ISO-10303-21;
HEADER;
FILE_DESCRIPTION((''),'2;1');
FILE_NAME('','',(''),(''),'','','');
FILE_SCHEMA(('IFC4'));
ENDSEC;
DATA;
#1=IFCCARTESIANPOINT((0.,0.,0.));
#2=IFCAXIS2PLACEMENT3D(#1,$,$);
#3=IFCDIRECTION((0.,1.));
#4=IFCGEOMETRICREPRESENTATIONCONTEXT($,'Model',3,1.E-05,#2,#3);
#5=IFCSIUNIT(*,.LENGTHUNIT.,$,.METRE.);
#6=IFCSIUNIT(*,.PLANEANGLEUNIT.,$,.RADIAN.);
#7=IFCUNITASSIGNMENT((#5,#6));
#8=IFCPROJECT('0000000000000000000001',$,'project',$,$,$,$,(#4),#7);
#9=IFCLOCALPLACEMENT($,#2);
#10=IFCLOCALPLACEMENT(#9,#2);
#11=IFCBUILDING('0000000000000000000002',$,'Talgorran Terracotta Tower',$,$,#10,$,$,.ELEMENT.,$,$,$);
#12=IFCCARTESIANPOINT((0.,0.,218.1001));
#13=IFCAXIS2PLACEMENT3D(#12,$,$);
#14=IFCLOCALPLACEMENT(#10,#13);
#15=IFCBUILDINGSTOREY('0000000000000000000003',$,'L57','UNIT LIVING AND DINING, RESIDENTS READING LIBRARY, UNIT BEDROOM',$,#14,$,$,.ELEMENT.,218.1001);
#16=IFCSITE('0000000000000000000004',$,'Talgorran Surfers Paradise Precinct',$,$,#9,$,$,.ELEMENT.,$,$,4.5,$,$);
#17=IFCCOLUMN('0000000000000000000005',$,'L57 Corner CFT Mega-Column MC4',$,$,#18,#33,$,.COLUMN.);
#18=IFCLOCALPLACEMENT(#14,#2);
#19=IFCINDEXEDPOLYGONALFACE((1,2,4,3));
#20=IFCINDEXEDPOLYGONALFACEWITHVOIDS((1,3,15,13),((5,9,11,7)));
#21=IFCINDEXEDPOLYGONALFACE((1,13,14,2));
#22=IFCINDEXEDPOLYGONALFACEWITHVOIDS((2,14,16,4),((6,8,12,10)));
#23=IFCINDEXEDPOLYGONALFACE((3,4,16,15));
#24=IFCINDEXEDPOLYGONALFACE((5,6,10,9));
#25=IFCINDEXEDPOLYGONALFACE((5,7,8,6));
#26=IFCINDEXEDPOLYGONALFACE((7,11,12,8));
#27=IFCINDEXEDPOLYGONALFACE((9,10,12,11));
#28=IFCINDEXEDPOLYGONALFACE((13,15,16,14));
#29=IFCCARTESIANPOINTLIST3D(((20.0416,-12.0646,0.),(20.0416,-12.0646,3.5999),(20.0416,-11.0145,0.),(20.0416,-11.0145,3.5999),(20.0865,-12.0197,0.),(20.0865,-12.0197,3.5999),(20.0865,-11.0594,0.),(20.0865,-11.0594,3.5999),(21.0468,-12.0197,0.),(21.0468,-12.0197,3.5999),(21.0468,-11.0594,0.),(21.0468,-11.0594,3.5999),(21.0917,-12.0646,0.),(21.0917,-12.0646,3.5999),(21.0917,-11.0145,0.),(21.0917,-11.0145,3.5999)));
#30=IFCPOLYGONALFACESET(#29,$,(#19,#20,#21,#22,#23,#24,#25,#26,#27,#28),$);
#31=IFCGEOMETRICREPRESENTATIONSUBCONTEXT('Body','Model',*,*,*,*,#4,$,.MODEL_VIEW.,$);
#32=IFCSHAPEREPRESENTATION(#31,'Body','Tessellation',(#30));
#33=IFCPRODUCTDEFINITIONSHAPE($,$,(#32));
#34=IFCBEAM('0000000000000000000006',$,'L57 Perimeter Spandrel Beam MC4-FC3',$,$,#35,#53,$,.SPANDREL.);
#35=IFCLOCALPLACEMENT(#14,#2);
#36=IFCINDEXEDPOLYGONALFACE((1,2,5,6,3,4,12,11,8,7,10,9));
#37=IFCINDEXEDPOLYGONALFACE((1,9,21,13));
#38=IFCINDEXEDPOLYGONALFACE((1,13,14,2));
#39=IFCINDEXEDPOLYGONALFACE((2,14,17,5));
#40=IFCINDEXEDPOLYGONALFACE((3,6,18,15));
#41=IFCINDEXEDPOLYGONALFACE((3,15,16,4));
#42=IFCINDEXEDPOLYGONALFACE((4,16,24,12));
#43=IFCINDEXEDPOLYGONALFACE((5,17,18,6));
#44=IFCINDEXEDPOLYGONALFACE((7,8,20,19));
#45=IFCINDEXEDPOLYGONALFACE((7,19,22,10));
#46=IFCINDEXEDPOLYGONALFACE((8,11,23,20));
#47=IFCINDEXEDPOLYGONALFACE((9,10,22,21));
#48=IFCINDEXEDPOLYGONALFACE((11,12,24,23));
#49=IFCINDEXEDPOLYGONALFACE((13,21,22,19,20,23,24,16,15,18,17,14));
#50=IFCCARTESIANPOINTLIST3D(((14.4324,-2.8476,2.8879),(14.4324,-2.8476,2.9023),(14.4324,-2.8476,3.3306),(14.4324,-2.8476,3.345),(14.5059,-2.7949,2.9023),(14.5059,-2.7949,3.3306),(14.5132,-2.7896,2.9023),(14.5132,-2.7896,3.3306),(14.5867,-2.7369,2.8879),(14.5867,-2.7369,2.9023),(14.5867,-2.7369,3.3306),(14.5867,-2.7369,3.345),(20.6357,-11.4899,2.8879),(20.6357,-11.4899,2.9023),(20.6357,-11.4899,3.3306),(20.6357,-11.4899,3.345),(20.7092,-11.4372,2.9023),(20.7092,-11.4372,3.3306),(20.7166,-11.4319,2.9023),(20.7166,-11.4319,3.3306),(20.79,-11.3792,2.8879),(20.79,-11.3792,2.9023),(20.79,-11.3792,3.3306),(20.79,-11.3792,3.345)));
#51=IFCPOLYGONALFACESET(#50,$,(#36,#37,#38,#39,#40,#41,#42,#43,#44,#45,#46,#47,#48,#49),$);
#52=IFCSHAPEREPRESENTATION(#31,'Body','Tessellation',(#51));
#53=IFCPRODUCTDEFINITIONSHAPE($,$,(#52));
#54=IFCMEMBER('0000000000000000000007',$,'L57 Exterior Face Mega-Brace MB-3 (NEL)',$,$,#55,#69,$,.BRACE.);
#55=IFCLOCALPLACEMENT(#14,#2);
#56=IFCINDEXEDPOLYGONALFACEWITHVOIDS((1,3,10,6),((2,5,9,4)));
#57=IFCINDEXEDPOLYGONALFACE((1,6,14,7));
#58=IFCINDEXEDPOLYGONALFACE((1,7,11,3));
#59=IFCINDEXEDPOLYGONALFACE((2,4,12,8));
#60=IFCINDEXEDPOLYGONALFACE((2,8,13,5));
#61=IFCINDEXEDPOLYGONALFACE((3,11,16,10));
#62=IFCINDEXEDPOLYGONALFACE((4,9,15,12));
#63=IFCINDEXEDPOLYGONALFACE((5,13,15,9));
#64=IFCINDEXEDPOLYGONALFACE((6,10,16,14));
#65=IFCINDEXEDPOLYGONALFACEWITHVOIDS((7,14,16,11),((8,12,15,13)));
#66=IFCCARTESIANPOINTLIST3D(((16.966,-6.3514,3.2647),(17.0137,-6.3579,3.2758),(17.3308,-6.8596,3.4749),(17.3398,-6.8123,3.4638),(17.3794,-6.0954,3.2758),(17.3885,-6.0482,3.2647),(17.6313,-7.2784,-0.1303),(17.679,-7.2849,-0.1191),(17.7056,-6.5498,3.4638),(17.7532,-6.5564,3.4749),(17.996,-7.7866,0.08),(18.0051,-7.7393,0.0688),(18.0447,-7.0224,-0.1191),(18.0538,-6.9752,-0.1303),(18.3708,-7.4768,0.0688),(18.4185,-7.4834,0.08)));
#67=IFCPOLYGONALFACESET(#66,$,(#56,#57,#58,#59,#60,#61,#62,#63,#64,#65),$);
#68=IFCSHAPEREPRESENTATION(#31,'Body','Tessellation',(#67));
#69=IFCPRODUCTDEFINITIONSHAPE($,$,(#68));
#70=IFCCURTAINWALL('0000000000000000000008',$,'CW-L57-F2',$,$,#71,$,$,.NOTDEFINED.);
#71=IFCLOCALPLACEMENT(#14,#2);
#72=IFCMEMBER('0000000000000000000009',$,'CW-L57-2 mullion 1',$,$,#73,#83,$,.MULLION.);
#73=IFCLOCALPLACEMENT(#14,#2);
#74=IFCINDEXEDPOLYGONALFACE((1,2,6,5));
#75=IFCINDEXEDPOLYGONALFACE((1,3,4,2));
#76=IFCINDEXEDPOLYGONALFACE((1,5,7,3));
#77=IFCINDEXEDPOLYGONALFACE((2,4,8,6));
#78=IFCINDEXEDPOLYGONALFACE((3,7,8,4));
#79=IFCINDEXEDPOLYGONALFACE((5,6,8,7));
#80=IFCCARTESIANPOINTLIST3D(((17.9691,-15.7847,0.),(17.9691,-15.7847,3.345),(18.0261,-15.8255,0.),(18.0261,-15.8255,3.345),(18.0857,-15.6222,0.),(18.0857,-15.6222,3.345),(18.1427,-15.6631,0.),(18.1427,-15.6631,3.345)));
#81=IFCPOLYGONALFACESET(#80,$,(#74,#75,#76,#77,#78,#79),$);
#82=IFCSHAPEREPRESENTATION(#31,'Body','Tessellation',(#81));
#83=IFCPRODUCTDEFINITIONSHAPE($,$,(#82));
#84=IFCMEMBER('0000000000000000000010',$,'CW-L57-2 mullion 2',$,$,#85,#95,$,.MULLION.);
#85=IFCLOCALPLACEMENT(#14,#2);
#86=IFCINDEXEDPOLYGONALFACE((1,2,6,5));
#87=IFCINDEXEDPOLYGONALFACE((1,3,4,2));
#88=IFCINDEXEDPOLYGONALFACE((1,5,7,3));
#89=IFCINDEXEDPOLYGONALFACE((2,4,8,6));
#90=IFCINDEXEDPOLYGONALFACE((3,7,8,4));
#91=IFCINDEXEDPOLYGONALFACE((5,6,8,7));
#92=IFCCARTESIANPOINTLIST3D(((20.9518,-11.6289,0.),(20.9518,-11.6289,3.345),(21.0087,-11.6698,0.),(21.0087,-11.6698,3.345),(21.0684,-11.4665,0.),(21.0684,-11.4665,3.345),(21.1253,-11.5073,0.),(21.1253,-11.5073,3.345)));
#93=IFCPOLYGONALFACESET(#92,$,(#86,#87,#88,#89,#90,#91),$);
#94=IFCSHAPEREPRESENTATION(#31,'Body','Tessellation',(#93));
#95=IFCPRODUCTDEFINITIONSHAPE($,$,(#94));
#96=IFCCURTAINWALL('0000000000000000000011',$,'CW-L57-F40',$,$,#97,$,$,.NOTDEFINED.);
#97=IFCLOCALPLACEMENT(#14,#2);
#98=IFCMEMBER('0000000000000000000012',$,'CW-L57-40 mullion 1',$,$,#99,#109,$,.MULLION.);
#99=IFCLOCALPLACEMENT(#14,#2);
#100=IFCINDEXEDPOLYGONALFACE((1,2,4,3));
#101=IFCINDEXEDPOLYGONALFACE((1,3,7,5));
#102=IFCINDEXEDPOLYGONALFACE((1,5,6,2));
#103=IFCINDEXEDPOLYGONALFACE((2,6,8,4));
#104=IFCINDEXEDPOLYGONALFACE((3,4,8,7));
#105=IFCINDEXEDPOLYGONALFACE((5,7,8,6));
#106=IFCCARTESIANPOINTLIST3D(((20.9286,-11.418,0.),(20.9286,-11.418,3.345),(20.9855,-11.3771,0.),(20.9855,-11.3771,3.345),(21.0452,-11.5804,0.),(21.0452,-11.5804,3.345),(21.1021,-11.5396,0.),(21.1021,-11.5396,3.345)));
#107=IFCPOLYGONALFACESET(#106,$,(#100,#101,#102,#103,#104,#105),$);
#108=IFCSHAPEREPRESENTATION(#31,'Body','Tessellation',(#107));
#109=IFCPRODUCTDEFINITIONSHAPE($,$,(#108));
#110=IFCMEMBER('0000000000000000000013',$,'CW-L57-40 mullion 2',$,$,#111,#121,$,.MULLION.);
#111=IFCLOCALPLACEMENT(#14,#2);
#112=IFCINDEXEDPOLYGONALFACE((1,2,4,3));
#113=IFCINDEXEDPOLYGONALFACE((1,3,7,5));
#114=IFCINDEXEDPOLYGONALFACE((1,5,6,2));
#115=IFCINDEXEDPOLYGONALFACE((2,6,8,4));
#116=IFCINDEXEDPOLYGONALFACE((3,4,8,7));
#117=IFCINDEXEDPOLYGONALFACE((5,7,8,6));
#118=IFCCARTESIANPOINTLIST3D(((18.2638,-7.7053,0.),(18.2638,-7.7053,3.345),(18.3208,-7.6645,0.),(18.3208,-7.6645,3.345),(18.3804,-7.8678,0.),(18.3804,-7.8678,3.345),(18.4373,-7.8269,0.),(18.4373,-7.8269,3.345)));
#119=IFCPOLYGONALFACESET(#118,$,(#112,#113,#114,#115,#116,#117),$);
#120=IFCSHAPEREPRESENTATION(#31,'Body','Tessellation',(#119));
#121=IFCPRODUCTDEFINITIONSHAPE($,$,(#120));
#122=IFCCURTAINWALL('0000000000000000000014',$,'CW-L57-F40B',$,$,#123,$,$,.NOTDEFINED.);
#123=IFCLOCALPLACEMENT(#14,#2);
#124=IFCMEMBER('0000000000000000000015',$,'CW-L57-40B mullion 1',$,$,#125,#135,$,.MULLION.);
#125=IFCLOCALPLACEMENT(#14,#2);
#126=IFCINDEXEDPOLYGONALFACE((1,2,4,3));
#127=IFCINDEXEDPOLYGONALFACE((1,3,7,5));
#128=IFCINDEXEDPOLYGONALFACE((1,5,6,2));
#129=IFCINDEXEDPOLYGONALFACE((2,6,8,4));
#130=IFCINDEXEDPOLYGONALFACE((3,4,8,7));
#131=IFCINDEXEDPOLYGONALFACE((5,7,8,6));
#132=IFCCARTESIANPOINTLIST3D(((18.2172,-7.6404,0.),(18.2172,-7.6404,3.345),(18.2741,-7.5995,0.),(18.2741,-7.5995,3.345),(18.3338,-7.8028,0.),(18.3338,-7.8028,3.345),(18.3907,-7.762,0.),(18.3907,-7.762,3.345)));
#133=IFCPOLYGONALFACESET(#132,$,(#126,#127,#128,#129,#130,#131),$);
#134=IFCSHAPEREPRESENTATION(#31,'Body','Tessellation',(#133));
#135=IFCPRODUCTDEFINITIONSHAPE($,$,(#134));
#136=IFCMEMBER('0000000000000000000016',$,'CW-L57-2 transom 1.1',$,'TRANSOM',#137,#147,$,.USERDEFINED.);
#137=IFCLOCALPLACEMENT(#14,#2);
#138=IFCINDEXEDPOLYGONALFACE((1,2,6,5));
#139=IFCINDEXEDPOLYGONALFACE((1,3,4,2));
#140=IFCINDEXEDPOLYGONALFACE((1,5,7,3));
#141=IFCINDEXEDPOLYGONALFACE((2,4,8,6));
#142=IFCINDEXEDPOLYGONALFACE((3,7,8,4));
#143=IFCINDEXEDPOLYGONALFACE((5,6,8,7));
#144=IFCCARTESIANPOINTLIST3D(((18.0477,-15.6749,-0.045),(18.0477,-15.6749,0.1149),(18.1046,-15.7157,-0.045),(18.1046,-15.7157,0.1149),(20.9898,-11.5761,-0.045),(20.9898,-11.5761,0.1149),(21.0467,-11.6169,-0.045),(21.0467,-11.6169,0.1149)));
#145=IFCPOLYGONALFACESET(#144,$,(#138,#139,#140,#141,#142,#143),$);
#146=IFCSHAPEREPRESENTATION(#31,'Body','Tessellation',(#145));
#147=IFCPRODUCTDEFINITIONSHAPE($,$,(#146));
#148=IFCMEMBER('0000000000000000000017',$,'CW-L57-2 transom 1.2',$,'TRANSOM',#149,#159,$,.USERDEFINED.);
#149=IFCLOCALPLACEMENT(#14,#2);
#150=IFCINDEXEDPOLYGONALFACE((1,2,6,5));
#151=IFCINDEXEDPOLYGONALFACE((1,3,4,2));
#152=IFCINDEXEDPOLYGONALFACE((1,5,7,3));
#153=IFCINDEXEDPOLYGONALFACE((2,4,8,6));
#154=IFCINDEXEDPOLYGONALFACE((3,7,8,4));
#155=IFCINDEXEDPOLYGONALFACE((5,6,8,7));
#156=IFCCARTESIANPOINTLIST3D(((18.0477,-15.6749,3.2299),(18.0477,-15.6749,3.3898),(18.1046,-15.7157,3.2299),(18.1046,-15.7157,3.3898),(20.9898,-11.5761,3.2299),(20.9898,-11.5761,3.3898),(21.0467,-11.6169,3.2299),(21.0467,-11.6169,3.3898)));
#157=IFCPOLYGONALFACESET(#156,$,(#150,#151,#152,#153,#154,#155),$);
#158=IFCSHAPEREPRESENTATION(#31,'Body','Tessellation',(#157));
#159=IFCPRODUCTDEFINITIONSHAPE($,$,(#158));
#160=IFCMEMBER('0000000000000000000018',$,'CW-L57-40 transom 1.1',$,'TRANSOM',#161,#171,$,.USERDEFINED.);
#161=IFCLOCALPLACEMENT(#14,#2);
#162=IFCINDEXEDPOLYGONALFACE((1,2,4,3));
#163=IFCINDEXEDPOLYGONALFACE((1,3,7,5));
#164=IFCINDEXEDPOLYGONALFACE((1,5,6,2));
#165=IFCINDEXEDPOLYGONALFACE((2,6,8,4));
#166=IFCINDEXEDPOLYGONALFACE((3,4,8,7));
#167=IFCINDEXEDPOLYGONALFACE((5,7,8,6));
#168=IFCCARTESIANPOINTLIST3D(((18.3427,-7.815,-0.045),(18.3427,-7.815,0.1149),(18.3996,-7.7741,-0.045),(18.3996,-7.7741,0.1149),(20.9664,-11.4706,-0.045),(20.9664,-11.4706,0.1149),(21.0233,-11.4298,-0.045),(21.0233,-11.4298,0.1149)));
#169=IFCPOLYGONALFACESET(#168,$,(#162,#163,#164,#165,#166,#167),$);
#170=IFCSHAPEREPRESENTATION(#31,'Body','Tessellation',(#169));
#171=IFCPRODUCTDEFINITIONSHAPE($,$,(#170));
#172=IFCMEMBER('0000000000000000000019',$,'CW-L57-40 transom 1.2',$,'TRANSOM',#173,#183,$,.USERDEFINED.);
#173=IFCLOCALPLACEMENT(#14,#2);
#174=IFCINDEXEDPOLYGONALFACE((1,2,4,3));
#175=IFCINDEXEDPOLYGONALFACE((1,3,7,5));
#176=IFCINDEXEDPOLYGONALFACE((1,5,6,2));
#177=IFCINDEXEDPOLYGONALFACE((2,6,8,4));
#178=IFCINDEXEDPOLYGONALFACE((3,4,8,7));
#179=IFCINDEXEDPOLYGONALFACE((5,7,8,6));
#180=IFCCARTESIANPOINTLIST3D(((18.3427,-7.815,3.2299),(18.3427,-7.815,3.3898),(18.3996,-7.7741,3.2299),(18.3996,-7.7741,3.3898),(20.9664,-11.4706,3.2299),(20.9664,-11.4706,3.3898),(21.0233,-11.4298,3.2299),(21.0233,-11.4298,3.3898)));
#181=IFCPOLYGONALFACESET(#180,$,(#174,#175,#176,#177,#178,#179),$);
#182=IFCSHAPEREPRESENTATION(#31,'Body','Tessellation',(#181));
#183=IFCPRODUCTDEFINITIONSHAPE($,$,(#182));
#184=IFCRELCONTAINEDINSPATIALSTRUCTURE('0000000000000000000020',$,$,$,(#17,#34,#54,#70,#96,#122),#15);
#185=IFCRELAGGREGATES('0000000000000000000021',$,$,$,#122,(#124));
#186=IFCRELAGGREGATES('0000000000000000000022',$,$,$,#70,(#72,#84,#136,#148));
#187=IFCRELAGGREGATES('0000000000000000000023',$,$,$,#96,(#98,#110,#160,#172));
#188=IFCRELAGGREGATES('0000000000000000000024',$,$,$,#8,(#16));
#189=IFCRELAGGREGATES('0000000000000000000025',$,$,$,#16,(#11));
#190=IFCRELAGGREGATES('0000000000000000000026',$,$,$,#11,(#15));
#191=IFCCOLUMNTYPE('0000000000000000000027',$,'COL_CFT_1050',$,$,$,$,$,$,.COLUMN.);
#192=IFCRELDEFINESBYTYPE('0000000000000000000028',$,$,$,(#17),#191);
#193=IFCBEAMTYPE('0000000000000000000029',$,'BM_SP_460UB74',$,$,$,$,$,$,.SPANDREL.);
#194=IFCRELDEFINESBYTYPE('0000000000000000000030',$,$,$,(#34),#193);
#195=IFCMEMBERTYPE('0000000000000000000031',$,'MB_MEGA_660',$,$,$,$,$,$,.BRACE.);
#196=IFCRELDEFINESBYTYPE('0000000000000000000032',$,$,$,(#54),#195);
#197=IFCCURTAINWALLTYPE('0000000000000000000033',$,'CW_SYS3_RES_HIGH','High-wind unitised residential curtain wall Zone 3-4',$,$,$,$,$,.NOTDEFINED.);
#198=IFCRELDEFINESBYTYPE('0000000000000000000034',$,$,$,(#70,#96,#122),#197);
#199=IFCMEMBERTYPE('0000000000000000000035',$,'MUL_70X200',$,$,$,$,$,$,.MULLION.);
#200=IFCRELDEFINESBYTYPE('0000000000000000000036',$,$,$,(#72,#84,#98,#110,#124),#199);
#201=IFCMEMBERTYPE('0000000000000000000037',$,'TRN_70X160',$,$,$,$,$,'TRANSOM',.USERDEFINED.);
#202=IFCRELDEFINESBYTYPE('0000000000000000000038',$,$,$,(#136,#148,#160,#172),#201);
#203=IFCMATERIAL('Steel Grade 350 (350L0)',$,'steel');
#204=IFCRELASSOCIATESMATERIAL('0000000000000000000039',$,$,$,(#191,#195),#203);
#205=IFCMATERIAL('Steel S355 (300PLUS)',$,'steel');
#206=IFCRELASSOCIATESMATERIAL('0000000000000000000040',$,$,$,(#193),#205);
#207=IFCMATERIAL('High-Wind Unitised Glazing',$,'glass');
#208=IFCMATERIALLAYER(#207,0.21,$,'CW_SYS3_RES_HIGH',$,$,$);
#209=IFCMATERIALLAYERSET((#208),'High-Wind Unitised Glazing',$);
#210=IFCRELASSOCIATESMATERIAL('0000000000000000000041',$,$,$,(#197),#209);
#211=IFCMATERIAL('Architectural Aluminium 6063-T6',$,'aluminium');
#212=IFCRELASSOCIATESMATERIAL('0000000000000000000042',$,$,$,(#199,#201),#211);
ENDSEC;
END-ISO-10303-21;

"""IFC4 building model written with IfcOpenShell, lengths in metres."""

from ifc_helpers import new_model, si_unit, direction, frame, origin, origin_2d, place, context, subcontext, project, spatial, rectangle, hollow_rectangle, i_section, extrude, material, layer, layer_set, material_profile, profile_set, type_object, element, aggregate, save


model = new_model("IFC4")

# Units and contexts
model_context = context("Model", 3, precision=1e-05, world=origin(), true_north=direction((0.0, 1.0)))
body_context = subcontext(model_context, "Body", "Model", "MODEL_VIEW")
ifc_project = project(units=[si_unit("LENGTHUNIT", "METRE"), si_unit("PLANEANGLEUNIT", "RADIAN")], contexts=[model_context])

# Site, building, storey
site_placement = place(None, origin())
site = spatial("IfcSite", under=ifc_project, at=site_placement, Name="Talgorran Surfers Paradise Precinct", CompositionType="ELEMENT", RefElevation=4.5)
building_placement = place(site_placement, origin())
building = spatial("IfcBuilding", under=site, at=building_placement, Name="Talgorran Terracotta Tower", CompositionType="ELEMENT")
storey_placement = place(building_placement, frame((0.0, 0.0, 218.1001)))
storey = spatial("IfcBuildingStorey", under=building, at=storey_placement, Name="L57", Description="UNIT LIVING AND DINING, RESIDENTS READING LIBRARY, UNIT BEDROOM", CompositionType="ELEMENT", Elevation=218.1001)

# Column
ifc_material_1 = material(Name="Steel Grade 350 (350L0)", Category="steel")
ifc_material_profile_1 = material_profile(ifc_material_1, hollow_rectangle(XDim=1.05, YDim=1.05, WallThickness=0.0449, at=origin_2d()), Name="CFT1050X1050X45")
ifc_profile_set_1 = profile_set([ifc_material_profile_1], Name="Steel Grade 350 (350L0)")
column_type = type_object("IfcColumnType", Name="COL_CFT_1050", PredefinedType="COLUMN", material=ifc_profile_set_1)
column_placement = place(storey_placement, frame((20.5667, -11.5396, 0.0), z_axis=(0.0, 0.0, 1.0), x_axis=(1.0, 0.0, 0.0)))
element("IfcColumn", 1, at=column_placement, inside=storey, type_object=column_type, Name="L57 Corner CFT Mega-Column MC4", PredefinedType="COLUMN", context=body_context, shape_type="SweptSolid", body=[
    extrude(hollow_rectangle(XDim=1.05, YDim=1.05, WallThickness=0.0449, at=origin_2d()), origin(), (0.0, 0.0, 1.0), 3.5999),
])

# Beam
ifc_material_2 = material(Name="Steel S355 (300PLUS)", Category="steel")
ifc_material_profile_2 = material_profile(ifc_material_2, i_section(OverallWidth=0.1899, OverallDepth=0.457, WebThickness=0.009, FlangeThickness=0.0144, at=origin_2d()), Name="460UB74.6")
ifc_profile_set_2 = profile_set([ifc_material_profile_2], Name="Steel S355 (300PLUS)")
beam_type = type_object("IfcBeamType", Name="BM_SP_460UB74", PredefinedType="SPANDREL", material=ifc_profile_set_2)
beam_placement = place(storey_placement, frame((20.7129, -11.4346, 3.1165), z_axis=(-0.583121, 0.812385, 0.0), x_axis=(-0.812385, -0.583121, 0.0)))
element("IfcBeam", 2, at=beam_placement, inside=storey, type_object=beam_type, Name="L57 Perimeter Spandrel Beam MC4-FC3", PredefinedType="SPANDREL", context=body_context, shape_type="SweptSolid", body=[
    extrude(i_section(OverallWidth=0.1899, OverallDepth=0.457, WebThickness=0.009, FlangeThickness=0.0144, at=origin_2d()), origin(), (0.0, 0.0, 1.0), 10.6382),
])

# Member
ifc_material_profile_3 = material_profile(ifc_material_1, hollow_rectangle(XDim=0.52, YDim=0.6599, WallThickness=0.0349, at=origin_2d()), Name="WBOX660X520X35")
ifc_profile_set_3 = profile_set([ifc_material_profile_3], Name="Steel Grade 350 (350L0)")
member_type_1 = type_object("IfcMemberType", Name="MB_MEGA_660", PredefinedType="BRACE", material=ifc_profile_set_3)
member_1_placement = place(storey_placement, frame((18.0249, -7.3809, -0.0251), z_axis=(-0.185749, 0.258821, 0.947897), x_axis=(-0.81243, -0.583058, 0.0)))
element("IfcMember", 3, at=member_1_placement, inside=storey, type_object=member_type_1, Name="L57 Exterior Face Mega-Brace MB-3 (NEL)", PredefinedType="BRACE", context=body_context, shape_type="SweptSolid", body=[
    extrude(hollow_rectangle(XDim=0.52, YDim=0.6599, WallThickness=0.0349, at=origin_2d()), origin(), (0.0, 0.0, 1.0), 3.5815),
])

# Curtain walls, members
ifc_material_3 = material(Name="High-Wind Unitised Glazing", Category="glass")
ifc_layer_1 = layer(ifc_material_3, 0.21, Name="CW_SYS3_RES_HIGH")
ifc_layer_set_1 = layer_set([ifc_layer_1], Name="High-Wind Unitised Glazing")
curtain_wall_type = type_object("IfcCurtainWallType", Name="CW_SYS3_RES_HIGH", Description="High-wind unitised residential curtain wall Zone 3-4", PredefinedType="NOTDEFINED", material=ifc_layer_set_1)
curtain_wall_1_placement = place(storey_placement, origin())
curtain_wall_1 = element("IfcCurtainWall", 4, at=curtain_wall_1_placement, inside=storey, type_object=curtain_wall_type, Name="CW-L57-F2", PredefinedType="NOTDEFINED")
ifc_material_4 = material(Name="Architectural Aluminium 6063-T6", Category="aluminium")
ifc_material_profile_4 = material_profile(ifc_material_4, rectangle(XDim=0.0701, YDim=0.2, at=origin_2d()), Name="CWM70X200")
ifc_profile_set_4 = profile_set([ifc_material_profile_4], Name="Architectural Aluminium 6063-T6")
member_type_2 = type_object("IfcMemberType", Name="MUL_70X200", PredefinedType="MULLION", material=ifc_profile_set_4)
member_2_placement = place(storey_placement, frame((18.0559, -15.7239, 0.0), z_axis=(0.0, 0.0, 1.0), x_axis=(-0.81239, 0.583114, 0.0)))
member_2 = element("IfcMember", 5, at=member_2_placement, type_object=member_type_2, Name="CW-L57-2 mullion 1", PredefinedType="MULLION", context=body_context, shape_type="SweptSolid", body=[
    extrude(rectangle(XDim=0.0701, YDim=0.2, at=origin_2d()), origin(), (0.0, 0.0, 1.0), 3.345),
])
member_3_placement = place(storey_placement, frame((21.0386, -11.5681, 0.0), z_axis=(0.0, 0.0, 1.0), x_axis=(-0.81239, 0.583114, 0.0)))
member_3 = element("IfcMember", 6, at=member_3_placement, type_object=member_type_2, Name="CW-L57-2 mullion 2", PredefinedType="MULLION", context=body_context, shape_type="SweptSolid", body=[
    extrude(rectangle(XDim=0.0701, YDim=0.2, at=origin_2d()), origin(), (0.0, 0.0, 1.0), 3.345),
])
curtain_wall_2_placement = place(storey_placement, origin())
curtain_wall_2 = element("IfcCurtainWall", 7, at=curtain_wall_2_placement, inside=storey, type_object=curtain_wall_type, Name="CW-L57-F40", PredefinedType="NOTDEFINED")
member_4_placement = place(storey_placement, frame((21.0154, -11.4788, 0.0), z_axis=(0.0, 0.0, 1.0), x_axis=(-0.812396, -0.583106, 0.0)))
member_4 = element("IfcMember", 8, at=member_4_placement, type_object=member_type_2, Name="CW-L57-40 mullion 1", PredefinedType="MULLION", context=body_context, shape_type="SweptSolid", body=[
    extrude(rectangle(XDim=0.0701, YDim=0.2, at=origin_2d()), origin(), (0.0, 0.0, 1.0), 3.345),
])
member_5_placement = place(storey_placement, frame((18.3506, -7.7661, 0.0), z_axis=(0.0, 0.0, 1.0), x_axis=(-0.812396, -0.583106, 0.0)))
member_5 = element("IfcMember", 9, at=member_5_placement, type_object=member_type_2, Name="CW-L57-40 mullion 2", PredefinedType="MULLION", context=body_context, shape_type="SweptSolid", body=[
    extrude(rectangle(XDim=0.0701, YDim=0.2, at=origin_2d()), origin(), (0.0, 0.0, 1.0), 3.345),
])

# Curtain wall, member
curtain_wall_3_placement = place(storey_placement, origin())
curtain_wall_3 = element("IfcCurtainWall", 10, at=curtain_wall_3_placement, inside=storey, type_object=curtain_wall_type, Name="CW-L57-F40B", PredefinedType="NOTDEFINED")
member_6_placement = place(storey_placement, frame((18.304, -7.7012, 0.0), z_axis=(0.0, 0.0, 1.0), x_axis=(-0.812381, -0.583127, 0.0)))
member_6 = element("IfcMember", 11, at=member_6_placement, type_object=member_type_2, Name="CW-L57-40B mullion 1", PredefinedType="MULLION", context=body_context, shape_type="SweptSolid", body=[
    extrude(rectangle(XDim=0.0701, YDim=0.2, at=origin_2d()), origin(), (0.0, 0.0, 1.0), 3.345),
])

# Members
ifc_material_profile_5 = material_profile(ifc_material_4, rectangle(XDim=0.0701, YDim=0.1599, at=origin_2d()), Name="CWT70X160")
ifc_profile_set_5 = profile_set([ifc_material_profile_5], Name="Architectural Aluminium 6063-T6")
member_type_3 = type_object("IfcMemberType", Name="TRN_70X160", ElementType="TRANSOM", PredefinedType="USERDEFINED", material=ifc_profile_set_5)
member_7_placement = place(storey_placement, frame((18.0762, -15.6953, 0.0349), z_axis=(0.583122, 0.812384, 0.0), x_axis=(-0.812384, 0.583122, 0.0)))
member_7 = element("IfcMember", 12, at=member_7_placement, type_object=member_type_3, Name="CW-L57-2 transom 1.1", ObjectType="TRANSOM", PredefinedType="USERDEFINED", context=body_context, shape_type="SweptSolid", body=[
    extrude(rectangle(XDim=0.0701, YDim=0.1599, at=origin_2d()), origin(), (0.0, 0.0, 1.0), 5.0454),
])
member_8_placement = place(storey_placement, frame((18.0762, -15.6953, 3.3098), z_axis=(0.583122, 0.812384, 0.0), x_axis=(-0.812384, 0.583122, 0.0)))
member_8 = element("IfcMember", 13, at=member_8_placement, type_object=member_type_3, Name="CW-L57-2 transom 1.2", ObjectType="TRANSOM", PredefinedType="USERDEFINED", context=body_context, shape_type="SweptSolid", body=[
    extrude(rectangle(XDim=0.0701, YDim=0.1599, at=origin_2d()), origin(), (0.0, 0.0, 1.0), 5.0454),
])
member_9_placement = place(storey_placement, frame((20.9949, -11.4502, 0.0349), z_axis=(-0.583079, 0.812415, 0.0), x_axis=(-0.812415, -0.583079, 0.0)))
member_9 = element("IfcMember", 14, at=member_9_placement, type_object=member_type_3, Name="CW-L57-40 transom 1.1", ObjectType="TRANSOM", PredefinedType="USERDEFINED", context=body_context, shape_type="SweptSolid", body=[
    extrude(rectangle(XDim=0.0701, YDim=0.1599, at=origin_2d()), origin(), (0.0, 0.0, 1.0), 4.4998),
])
member_10_placement = place(storey_placement, frame((20.9949, -11.4502, 3.3098), z_axis=(-0.583079, 0.812415, 0.0), x_axis=(-0.812415, -0.583079, 0.0)))
member_10 = element("IfcMember", 15, at=member_10_placement, type_object=member_type_3, Name="CW-L57-40 transom 1.2", ObjectType="TRANSOM", PredefinedType="USERDEFINED", context=body_context, shape_type="SweptSolid", body=[
    extrude(rectangle(XDim=0.0701, YDim=0.1599, at=origin_2d()), origin(), (0.0, 0.0, 1.0), 4.4998),
])
aggregate(curtain_wall_3, [member_6])

aggregate(curtain_wall_1, [member_2, member_3, member_7, member_8])
aggregate(curtain_wall_2, [member_4, member_5, member_9, member_10])

save(model, "model.ifc")
